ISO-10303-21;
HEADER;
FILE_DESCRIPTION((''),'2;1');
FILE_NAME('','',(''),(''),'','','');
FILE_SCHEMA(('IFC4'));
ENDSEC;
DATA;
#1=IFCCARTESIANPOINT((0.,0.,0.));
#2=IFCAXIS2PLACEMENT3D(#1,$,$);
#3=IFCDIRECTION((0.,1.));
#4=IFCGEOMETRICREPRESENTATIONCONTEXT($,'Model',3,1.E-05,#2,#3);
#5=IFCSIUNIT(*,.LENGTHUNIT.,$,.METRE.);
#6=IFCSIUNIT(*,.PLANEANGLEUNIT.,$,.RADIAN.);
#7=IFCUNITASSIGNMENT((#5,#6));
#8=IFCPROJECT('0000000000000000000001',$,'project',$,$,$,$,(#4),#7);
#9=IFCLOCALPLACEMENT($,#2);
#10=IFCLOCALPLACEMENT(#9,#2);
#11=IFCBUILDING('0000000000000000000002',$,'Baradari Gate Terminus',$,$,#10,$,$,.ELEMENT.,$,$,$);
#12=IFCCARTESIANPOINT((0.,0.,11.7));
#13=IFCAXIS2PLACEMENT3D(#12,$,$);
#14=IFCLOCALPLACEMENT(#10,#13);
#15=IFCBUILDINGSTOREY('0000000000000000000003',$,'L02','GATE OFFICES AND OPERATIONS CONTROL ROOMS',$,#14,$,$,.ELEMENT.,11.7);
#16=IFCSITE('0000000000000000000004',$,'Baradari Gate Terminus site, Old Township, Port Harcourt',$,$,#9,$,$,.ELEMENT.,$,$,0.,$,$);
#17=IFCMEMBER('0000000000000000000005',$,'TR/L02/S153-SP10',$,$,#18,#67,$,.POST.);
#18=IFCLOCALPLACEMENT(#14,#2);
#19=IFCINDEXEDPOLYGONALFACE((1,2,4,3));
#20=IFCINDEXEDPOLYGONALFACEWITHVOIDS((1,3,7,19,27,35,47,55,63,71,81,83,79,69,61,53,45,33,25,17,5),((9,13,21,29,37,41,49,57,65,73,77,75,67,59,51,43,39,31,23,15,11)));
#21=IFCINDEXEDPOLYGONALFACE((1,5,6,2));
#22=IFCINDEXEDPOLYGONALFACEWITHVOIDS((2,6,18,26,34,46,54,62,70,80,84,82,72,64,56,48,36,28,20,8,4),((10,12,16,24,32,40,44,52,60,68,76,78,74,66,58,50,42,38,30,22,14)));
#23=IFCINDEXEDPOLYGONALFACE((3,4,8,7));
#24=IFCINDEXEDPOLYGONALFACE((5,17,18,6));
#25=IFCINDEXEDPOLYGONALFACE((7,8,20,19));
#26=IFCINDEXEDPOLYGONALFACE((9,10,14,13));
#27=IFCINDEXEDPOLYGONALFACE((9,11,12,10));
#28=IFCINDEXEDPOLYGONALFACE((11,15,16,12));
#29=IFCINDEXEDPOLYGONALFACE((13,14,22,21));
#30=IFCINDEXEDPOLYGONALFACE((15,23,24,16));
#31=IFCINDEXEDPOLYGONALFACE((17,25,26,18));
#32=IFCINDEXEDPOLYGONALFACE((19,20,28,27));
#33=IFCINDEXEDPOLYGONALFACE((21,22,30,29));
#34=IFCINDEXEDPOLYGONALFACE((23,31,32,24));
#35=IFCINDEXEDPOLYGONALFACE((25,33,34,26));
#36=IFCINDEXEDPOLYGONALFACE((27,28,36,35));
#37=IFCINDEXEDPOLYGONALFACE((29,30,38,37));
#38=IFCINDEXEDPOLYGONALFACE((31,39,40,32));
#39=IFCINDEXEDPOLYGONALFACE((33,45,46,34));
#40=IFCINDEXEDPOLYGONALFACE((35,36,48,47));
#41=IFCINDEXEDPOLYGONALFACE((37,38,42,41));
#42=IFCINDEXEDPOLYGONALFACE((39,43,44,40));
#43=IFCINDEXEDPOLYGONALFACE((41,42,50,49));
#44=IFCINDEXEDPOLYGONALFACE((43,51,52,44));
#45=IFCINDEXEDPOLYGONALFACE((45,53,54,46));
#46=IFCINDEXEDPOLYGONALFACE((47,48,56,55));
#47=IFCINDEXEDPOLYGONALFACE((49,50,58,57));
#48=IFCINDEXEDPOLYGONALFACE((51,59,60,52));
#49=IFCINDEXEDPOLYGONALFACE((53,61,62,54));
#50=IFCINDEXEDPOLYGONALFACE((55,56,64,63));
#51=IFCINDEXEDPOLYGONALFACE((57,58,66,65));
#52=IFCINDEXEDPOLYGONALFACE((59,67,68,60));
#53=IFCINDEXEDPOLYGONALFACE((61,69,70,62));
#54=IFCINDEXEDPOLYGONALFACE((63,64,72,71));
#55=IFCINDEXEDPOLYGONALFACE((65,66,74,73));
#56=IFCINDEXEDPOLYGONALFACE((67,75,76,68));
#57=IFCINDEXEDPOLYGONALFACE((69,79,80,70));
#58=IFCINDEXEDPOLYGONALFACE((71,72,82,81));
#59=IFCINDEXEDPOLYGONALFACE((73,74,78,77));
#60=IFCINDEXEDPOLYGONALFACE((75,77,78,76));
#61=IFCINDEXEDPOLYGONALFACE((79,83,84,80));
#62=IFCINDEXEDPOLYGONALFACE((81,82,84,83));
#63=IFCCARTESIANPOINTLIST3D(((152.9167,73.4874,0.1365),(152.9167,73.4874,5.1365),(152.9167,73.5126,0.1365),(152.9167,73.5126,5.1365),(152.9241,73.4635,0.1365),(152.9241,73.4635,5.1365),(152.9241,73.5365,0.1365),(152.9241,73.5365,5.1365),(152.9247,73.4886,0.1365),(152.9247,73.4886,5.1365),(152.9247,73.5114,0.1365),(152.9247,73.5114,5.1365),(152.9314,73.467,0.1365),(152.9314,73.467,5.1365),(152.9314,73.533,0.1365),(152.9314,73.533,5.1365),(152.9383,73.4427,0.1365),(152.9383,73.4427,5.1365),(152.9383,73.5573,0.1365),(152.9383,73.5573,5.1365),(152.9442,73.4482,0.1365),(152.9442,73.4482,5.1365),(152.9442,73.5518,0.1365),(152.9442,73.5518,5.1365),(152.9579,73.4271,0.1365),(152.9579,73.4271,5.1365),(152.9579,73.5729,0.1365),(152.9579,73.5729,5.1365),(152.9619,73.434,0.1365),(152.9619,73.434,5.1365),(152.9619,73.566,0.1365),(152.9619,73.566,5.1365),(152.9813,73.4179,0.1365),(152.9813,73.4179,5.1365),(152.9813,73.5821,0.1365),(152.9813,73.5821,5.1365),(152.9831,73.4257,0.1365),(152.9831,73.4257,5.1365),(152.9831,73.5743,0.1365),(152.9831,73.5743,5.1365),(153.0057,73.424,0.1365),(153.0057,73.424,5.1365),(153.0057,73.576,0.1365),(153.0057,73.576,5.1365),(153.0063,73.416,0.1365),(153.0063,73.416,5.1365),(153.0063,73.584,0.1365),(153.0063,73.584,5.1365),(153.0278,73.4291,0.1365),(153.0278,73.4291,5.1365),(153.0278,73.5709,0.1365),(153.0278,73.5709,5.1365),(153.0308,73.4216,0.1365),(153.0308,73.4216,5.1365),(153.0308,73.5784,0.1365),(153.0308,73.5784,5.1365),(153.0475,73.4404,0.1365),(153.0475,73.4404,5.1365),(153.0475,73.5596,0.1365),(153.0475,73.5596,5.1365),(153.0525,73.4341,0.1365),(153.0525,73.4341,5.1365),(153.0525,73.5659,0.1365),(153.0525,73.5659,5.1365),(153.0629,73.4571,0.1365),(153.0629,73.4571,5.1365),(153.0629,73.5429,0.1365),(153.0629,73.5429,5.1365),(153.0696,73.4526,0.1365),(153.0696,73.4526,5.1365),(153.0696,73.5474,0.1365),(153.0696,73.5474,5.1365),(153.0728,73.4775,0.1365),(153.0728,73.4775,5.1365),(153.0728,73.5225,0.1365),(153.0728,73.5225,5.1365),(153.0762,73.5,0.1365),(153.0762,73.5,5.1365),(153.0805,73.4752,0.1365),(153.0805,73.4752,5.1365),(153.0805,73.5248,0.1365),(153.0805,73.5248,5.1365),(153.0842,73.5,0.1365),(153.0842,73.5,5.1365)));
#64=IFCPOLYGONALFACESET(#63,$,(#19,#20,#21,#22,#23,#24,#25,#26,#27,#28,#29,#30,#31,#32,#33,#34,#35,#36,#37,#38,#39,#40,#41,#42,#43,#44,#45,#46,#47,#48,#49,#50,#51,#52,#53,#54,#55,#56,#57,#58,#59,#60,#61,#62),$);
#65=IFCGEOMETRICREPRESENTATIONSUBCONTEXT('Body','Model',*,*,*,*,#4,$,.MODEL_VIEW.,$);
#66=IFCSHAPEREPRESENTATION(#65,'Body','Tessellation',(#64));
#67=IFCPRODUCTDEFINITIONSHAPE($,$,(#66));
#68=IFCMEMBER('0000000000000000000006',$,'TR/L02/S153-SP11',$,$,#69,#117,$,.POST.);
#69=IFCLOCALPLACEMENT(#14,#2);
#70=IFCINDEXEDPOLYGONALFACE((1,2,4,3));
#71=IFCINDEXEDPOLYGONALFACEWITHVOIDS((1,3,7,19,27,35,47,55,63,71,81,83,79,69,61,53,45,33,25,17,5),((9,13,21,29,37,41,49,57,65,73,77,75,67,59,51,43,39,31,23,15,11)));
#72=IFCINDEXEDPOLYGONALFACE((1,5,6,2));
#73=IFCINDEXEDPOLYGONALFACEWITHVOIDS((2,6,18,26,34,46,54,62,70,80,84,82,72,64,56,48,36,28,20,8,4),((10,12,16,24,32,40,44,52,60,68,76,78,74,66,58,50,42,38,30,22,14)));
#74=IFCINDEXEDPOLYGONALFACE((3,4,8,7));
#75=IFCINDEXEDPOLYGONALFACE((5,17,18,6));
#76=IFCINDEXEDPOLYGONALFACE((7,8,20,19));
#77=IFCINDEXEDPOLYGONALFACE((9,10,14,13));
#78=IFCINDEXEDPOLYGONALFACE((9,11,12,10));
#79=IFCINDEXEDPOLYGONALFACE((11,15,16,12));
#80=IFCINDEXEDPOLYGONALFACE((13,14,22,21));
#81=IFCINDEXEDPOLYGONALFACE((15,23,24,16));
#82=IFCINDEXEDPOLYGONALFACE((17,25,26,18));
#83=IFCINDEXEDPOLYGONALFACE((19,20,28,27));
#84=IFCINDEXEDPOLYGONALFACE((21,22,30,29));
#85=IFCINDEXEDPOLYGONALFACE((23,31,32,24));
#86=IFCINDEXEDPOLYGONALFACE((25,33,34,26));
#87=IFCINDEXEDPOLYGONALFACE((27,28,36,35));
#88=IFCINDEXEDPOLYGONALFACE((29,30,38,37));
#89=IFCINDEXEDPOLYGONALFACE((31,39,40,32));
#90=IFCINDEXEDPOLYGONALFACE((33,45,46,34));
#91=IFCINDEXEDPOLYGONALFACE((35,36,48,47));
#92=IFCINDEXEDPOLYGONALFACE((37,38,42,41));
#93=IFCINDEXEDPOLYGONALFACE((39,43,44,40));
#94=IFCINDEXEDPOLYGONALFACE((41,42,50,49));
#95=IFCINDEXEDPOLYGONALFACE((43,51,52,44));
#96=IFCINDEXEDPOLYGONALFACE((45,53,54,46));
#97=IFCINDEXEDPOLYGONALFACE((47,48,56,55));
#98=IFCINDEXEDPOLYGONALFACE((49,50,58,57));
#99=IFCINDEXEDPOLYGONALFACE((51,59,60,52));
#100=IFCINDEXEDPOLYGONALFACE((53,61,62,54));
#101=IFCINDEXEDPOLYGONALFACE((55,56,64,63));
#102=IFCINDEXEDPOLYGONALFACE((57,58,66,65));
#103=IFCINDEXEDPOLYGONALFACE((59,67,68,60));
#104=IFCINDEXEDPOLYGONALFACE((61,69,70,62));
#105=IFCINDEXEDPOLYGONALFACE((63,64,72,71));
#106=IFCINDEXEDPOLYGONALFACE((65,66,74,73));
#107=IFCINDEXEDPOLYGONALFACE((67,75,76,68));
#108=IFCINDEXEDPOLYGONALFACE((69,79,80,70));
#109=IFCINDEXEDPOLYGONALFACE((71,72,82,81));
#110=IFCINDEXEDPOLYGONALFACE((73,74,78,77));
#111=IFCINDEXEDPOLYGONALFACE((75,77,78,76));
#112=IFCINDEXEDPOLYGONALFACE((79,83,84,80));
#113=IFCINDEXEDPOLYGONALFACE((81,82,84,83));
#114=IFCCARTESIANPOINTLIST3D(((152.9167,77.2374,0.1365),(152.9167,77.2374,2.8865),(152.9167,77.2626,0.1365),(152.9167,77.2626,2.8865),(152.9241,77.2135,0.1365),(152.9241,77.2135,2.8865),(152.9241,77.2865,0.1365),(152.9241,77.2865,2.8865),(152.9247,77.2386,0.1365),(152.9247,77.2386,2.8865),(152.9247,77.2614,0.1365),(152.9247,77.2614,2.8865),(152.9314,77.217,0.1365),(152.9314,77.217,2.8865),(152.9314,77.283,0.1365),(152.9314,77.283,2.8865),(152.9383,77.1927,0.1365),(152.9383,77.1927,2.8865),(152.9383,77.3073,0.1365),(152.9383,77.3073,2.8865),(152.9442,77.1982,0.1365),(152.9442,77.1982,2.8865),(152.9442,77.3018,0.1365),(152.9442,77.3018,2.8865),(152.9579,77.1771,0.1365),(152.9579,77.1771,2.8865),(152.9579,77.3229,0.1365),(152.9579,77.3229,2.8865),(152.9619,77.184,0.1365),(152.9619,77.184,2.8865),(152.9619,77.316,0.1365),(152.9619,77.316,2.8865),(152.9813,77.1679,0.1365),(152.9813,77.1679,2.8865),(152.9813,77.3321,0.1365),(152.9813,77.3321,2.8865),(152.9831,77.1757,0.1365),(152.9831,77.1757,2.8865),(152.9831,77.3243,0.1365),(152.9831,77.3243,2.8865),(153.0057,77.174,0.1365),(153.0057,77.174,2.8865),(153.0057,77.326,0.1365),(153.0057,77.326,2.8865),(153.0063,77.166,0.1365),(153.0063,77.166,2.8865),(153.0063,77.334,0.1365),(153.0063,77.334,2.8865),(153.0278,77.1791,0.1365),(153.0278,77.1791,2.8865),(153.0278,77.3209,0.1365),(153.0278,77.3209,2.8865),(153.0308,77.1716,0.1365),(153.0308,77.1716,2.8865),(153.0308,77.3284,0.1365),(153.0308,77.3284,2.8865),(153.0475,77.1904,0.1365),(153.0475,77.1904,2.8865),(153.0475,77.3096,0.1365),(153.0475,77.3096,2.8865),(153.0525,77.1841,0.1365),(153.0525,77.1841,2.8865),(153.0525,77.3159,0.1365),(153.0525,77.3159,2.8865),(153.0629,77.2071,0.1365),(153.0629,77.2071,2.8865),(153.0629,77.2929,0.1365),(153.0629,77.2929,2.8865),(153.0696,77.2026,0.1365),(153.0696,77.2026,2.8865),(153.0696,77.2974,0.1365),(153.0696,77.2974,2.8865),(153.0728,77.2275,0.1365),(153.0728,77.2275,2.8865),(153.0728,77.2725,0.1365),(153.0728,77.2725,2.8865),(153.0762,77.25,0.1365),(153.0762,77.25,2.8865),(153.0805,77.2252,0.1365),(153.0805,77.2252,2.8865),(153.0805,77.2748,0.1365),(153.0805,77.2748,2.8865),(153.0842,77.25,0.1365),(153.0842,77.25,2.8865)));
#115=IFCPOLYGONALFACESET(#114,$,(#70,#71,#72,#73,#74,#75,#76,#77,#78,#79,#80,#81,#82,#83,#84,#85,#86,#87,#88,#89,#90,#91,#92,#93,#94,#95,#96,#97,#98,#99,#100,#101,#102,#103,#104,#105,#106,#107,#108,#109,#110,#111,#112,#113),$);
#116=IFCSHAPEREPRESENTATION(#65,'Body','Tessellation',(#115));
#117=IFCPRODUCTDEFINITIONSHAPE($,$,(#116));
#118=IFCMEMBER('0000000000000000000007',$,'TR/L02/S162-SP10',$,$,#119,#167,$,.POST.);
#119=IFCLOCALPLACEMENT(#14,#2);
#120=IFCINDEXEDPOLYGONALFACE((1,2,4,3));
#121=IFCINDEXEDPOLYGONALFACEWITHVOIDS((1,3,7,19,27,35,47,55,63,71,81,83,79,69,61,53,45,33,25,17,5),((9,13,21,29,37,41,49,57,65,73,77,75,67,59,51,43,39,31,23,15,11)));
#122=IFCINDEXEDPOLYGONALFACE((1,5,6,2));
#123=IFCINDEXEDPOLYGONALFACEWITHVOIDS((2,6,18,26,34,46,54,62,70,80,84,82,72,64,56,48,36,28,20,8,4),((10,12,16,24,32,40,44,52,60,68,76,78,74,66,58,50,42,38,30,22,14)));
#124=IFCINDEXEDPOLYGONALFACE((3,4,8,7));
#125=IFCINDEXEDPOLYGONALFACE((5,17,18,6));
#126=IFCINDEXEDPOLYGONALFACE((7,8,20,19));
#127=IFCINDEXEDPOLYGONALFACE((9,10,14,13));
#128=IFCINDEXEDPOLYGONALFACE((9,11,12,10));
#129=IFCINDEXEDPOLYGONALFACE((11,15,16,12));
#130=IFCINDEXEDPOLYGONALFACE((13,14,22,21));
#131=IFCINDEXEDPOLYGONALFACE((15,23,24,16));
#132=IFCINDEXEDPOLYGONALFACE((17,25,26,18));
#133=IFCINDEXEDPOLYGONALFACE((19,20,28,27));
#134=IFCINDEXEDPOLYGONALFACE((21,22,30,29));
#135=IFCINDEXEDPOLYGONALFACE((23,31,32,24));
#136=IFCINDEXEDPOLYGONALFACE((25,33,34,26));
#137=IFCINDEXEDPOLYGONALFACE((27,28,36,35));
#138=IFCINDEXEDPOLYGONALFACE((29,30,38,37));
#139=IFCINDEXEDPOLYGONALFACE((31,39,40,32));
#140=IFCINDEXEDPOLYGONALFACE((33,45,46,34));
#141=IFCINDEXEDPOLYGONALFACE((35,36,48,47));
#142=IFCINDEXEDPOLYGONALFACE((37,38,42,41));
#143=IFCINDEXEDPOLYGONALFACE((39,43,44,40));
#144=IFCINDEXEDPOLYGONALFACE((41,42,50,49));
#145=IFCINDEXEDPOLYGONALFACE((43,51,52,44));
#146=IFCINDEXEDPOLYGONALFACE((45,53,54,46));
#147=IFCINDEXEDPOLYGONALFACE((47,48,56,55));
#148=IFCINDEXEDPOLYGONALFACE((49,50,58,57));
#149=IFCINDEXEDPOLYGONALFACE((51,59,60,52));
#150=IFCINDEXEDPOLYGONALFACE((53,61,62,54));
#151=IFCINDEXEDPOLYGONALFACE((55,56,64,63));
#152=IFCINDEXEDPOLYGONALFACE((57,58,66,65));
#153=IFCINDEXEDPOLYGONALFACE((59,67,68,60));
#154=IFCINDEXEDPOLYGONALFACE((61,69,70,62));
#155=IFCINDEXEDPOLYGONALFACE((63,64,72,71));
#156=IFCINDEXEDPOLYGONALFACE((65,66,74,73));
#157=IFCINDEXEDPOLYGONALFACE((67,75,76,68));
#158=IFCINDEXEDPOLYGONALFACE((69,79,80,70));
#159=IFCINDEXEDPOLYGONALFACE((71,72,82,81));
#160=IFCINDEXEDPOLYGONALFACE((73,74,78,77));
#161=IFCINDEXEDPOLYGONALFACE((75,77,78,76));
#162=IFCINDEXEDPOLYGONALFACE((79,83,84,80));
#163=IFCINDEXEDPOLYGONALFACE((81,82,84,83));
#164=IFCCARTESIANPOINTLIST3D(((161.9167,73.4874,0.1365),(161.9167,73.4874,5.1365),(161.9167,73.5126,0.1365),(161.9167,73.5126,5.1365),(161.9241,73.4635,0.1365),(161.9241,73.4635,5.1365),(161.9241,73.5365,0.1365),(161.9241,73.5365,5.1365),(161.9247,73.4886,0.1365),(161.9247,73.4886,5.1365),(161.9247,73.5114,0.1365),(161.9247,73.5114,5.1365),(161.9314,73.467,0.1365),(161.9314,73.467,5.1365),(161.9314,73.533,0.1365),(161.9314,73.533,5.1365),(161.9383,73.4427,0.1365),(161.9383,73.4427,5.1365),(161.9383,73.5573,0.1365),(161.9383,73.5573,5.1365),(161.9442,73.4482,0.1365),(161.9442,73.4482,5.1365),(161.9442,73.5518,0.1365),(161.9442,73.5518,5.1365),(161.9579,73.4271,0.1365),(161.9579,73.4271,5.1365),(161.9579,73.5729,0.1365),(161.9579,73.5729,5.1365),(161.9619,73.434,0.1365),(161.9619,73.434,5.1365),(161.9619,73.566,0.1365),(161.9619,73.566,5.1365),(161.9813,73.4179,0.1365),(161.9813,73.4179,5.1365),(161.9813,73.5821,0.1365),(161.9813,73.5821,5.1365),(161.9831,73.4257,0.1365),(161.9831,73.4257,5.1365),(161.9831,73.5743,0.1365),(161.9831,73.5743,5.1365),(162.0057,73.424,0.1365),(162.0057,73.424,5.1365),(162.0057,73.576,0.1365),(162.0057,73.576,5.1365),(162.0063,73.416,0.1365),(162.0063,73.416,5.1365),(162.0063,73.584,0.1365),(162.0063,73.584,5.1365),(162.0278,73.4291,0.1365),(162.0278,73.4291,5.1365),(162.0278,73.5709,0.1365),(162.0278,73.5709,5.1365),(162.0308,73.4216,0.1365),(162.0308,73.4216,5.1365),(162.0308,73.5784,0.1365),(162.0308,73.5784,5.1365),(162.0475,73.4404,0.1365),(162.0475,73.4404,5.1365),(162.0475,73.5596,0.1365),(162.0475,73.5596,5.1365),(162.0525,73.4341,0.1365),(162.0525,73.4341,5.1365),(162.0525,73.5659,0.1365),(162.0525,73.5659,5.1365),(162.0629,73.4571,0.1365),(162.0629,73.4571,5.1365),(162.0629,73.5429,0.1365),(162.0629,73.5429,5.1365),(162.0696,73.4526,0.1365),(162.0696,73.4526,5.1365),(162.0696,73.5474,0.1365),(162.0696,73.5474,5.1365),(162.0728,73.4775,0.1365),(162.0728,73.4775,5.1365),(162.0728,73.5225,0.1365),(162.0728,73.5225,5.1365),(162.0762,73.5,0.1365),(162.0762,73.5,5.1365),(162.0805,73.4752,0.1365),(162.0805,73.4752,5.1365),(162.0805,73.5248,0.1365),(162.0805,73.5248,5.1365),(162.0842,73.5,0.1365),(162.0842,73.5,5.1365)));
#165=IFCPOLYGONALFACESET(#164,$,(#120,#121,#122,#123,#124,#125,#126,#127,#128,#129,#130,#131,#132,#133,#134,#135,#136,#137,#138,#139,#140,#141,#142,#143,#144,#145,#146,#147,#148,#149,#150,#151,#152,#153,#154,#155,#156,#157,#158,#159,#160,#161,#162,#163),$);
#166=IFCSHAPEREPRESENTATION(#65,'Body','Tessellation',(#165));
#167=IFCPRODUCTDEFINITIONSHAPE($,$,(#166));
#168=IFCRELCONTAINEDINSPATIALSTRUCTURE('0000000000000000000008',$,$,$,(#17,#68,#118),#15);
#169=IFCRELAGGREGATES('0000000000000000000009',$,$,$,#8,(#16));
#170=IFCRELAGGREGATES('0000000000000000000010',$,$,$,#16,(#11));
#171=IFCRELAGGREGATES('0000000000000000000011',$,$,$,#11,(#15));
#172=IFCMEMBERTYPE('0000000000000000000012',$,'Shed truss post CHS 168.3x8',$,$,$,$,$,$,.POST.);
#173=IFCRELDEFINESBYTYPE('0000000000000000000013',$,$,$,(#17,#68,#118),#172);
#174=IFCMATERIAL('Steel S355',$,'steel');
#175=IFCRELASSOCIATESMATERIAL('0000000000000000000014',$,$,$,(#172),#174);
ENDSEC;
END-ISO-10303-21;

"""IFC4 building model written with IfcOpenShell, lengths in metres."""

from ifc_helpers import new_model, si_unit, direction, frame, origin, origin_2d, place, context, subcontext, project, spatial, hollow_circle, extrude, material, material_profile, profile_set, type_object, element, save


model = new_model("IFC4")

# Units and contexts
model_context = context("Model", 3, precision=1e-05, world=origin(), true_north=direction((0.0, 1.0)))
body_context = subcontext(model_context, "Body", "Model", "MODEL_VIEW")
ifc_project = project(units=[si_unit("LENGTHUNIT", "METRE"), si_unit("PLANEANGLEUNIT", "RADIAN")], contexts=[model_context])

# Site, building, storey
site_placement = place(None, origin())
site = spatial("IfcSite", under=ifc_project, at=site_placement, Name="Baradari Gate Terminus site, Old Township, Port Harcourt", CompositionType="ELEMENT", RefElevation=0.0)
building_placement = place(site_placement, origin())
building = spatial("IfcBuilding", under=site, at=building_placement, Name="Baradari Gate Terminus", CompositionType="ELEMENT")
storey_placement = place(building_placement, frame((0.0, 0.0, 11.7)))
storey = spatial("IfcBuildingStorey", under=building, at=storey_placement, Name="L02", Description="GATE OFFICES AND OPERATIONS CONTROL ROOMS", CompositionType="ELEMENT", Elevation=11.7)

# Members
ifc_material_1 = material(Name="Steel S355", Category="steel")
ifc_material_profile_1 = material_profile(ifc_material_1, hollow_circle(Radius=0.0842, WallThickness=0.0081, at=origin_2d()), Name="CHS 168.3x8")
ifc_profile_set_1 = profile_set([ifc_material_profile_1], Name="Steel S355")
member_type_1 = type_object("IfcMemberType", Name="Shed truss post CHS 168.3x8", PredefinedType="POST", material=ifc_profile_set_1)
member_1_placement = place(storey_placement, frame((153.0, 73.5, 0.1365), z_axis=(0.0, 0.0, 1.0), x_axis=(1.0, 0.0, 0.0)))
element("IfcMember", 1, at=member_1_placement, inside=storey, type_object=member_type_1, Name="TR/L02/S153-SP10", PredefinedType="POST", context=body_context, shape_type="SweptSolid", body=[
    extrude(hollow_circle(Radius=0.0842, WallThickness=0.0081, at=origin_2d()), origin(), (0.0, 0.0, 1.0), 5.0),
])
member_2_placement = place(storey_placement, frame((153.0, 77.25, 0.1365), z_axis=(0.0, 0.0, 1.0), x_axis=(1.0, 0.0, 0.0)))
element("IfcMember", 2, at=member_2_placement, inside=storey, type_object=member_type_1, Name="TR/L02/S153-SP11", PredefinedType="POST", context=body_context, shape_type="SweptSolid", body=[
    extrude(hollow_circle(Radius=0.0842, WallThickness=0.0081, at=origin_2d()), origin(), (0.0, 0.0, 1.0), 2.75),
])
member_3_placement = place(storey_placement, frame((162.0, 73.5, 0.1365), z_axis=(0.0, 0.0, 1.0), x_axis=(1.0, 0.0, 0.0)))
element("IfcMember", 3, at=member_3_placement, inside=storey, type_object=member_type_1, Name="TR/L02/S162-SP10", PredefinedType="POST", context=body_context, shape_type="SweptSolid", body=[
    extrude(hollow_circle(Radius=0.0842, WallThickness=0.0081, at=origin_2d()), origin(), (0.0, 0.0, 1.0), 5.0),
])

save(model, "model.ifc")
